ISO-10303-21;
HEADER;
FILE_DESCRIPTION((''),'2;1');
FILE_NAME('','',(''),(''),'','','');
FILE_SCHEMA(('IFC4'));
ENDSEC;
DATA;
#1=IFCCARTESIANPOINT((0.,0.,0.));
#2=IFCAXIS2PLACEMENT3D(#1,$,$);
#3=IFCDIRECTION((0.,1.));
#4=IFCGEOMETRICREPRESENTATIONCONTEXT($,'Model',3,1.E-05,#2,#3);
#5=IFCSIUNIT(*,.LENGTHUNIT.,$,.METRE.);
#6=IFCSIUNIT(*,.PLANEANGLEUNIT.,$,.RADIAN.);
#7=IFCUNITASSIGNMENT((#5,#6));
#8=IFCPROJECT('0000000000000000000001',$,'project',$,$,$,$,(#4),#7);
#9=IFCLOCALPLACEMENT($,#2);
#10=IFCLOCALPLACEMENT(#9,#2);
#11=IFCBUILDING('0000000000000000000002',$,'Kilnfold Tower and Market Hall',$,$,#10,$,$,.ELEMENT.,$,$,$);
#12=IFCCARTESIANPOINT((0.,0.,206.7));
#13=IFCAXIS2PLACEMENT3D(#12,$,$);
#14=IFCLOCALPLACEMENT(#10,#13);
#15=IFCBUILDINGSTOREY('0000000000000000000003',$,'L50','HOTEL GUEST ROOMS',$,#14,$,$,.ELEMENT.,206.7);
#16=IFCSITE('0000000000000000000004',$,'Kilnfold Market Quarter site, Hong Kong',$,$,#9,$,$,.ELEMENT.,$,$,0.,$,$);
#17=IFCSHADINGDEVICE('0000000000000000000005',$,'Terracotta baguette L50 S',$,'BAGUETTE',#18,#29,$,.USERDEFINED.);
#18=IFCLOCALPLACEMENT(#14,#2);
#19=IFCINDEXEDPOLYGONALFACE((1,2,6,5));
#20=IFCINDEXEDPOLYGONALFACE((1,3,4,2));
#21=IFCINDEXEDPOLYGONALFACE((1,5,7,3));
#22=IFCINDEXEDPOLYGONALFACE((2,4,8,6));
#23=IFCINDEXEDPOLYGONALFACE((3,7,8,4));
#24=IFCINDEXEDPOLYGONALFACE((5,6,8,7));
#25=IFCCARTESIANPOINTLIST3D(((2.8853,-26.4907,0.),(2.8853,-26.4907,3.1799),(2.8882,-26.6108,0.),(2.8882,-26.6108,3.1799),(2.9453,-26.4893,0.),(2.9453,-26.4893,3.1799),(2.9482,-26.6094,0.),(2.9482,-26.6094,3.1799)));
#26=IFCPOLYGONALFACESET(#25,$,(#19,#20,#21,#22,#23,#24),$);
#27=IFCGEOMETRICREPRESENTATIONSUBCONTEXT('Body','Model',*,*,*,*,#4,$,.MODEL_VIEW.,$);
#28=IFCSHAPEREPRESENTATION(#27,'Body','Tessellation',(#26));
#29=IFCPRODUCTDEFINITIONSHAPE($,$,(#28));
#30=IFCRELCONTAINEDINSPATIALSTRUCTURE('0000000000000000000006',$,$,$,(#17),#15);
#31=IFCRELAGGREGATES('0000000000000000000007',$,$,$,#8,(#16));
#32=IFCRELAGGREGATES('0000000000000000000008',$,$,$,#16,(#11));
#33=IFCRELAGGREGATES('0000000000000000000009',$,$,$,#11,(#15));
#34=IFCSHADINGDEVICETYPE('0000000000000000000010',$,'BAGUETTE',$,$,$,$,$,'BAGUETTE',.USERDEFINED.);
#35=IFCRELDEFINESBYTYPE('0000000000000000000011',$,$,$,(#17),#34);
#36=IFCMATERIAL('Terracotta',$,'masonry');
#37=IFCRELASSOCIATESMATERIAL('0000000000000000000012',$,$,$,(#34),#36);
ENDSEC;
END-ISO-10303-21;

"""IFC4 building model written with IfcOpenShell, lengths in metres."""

from ifc_helpers import new_model, si_unit, direction, frame, origin, origin_2d, place, context, subcontext, project, spatial, rectangle, extrude, source, transform, mapped, material, material_profile, profile_set, type_object, element, save


model = new_model("IFC4")

# Units and contexts
model_context = context("Model", 3, precision=1e-05, world=origin(), true_north=direction((0.0, 1.0)))
body_context = subcontext(model_context, "Body", "Model", "MODEL_VIEW")
ifc_project = project(units=[si_unit("LENGTHUNIT", "METRE"), si_unit("PLANEANGLEUNIT", "RADIAN")], contexts=[model_context])

# Site, building, storey
site_placement = place(None, origin())
site = spatial("IfcSite", under=ifc_project, at=site_placement, Name="Kilnfold Market Quarter site, Hong Kong", CompositionType="ELEMENT", RefElevation=0.0)
building_placement = place(site_placement, origin())
building = spatial("IfcBuilding", under=site, at=building_placement, Name="Kilnfold Tower and Market Hall", CompositionType="ELEMENT")
storey_placement = place(building_placement, frame((0.0, 0.0, 206.7)))
storey = spatial("IfcBuildingStorey", under=building, at=storey_placement, Name="L50", Description="HOTEL GUEST ROOMS", CompositionType="ELEMENT", Elevation=206.7)

# Shading device
ifc_material_1 = material(Name="Terracotta", Category="masonry")
ifc_material_profile_1 = material_profile(ifc_material_1, rectangle(XDim=0.0601, YDim=0.1201, at=origin_2d()), Name="BAG 60x120")
ifc_profile_set_1 = profile_set([ifc_material_profile_1], Name="Terracotta")
shading_device_type = type_object("IfcShadingDeviceType", Name="BAGUETTE", ElementType="BAGUETTE", PredefinedType="USERDEFINED", material=ifc_profile_set_1)
shared_shape_1 = source(origin(), body_context, "Body", "SweptSolid", [
    extrude(rectangle(XDim=0.0601, YDim=0.1201, at=origin_2d()), origin(), (0.0, 0.0, 1.0), 3.1799),
])
for number, where, z_axis, x_axis, name in (
    (1, (2.9167, -26.55, 0.0), (0.0, 0.0, 1.0), (0.999705, 0.024272, 0.0), "Terracotta baguette L50 S"),
):
    element("IfcShadingDevice", number, at=place(storey_placement, frame(where, z_axis=z_axis, x_axis=x_axis)), inside=storey, type_object=shading_device_type, Name=name, ObjectType="BAGUETTE", PredefinedType="USERDEFINED", context=body_context, shape_type="MappedRepresentation", body=[
        mapped(shared_shape_1, transform((0.0, 0.0, 0.0))),
    ])

save(model, "model.ifc")
